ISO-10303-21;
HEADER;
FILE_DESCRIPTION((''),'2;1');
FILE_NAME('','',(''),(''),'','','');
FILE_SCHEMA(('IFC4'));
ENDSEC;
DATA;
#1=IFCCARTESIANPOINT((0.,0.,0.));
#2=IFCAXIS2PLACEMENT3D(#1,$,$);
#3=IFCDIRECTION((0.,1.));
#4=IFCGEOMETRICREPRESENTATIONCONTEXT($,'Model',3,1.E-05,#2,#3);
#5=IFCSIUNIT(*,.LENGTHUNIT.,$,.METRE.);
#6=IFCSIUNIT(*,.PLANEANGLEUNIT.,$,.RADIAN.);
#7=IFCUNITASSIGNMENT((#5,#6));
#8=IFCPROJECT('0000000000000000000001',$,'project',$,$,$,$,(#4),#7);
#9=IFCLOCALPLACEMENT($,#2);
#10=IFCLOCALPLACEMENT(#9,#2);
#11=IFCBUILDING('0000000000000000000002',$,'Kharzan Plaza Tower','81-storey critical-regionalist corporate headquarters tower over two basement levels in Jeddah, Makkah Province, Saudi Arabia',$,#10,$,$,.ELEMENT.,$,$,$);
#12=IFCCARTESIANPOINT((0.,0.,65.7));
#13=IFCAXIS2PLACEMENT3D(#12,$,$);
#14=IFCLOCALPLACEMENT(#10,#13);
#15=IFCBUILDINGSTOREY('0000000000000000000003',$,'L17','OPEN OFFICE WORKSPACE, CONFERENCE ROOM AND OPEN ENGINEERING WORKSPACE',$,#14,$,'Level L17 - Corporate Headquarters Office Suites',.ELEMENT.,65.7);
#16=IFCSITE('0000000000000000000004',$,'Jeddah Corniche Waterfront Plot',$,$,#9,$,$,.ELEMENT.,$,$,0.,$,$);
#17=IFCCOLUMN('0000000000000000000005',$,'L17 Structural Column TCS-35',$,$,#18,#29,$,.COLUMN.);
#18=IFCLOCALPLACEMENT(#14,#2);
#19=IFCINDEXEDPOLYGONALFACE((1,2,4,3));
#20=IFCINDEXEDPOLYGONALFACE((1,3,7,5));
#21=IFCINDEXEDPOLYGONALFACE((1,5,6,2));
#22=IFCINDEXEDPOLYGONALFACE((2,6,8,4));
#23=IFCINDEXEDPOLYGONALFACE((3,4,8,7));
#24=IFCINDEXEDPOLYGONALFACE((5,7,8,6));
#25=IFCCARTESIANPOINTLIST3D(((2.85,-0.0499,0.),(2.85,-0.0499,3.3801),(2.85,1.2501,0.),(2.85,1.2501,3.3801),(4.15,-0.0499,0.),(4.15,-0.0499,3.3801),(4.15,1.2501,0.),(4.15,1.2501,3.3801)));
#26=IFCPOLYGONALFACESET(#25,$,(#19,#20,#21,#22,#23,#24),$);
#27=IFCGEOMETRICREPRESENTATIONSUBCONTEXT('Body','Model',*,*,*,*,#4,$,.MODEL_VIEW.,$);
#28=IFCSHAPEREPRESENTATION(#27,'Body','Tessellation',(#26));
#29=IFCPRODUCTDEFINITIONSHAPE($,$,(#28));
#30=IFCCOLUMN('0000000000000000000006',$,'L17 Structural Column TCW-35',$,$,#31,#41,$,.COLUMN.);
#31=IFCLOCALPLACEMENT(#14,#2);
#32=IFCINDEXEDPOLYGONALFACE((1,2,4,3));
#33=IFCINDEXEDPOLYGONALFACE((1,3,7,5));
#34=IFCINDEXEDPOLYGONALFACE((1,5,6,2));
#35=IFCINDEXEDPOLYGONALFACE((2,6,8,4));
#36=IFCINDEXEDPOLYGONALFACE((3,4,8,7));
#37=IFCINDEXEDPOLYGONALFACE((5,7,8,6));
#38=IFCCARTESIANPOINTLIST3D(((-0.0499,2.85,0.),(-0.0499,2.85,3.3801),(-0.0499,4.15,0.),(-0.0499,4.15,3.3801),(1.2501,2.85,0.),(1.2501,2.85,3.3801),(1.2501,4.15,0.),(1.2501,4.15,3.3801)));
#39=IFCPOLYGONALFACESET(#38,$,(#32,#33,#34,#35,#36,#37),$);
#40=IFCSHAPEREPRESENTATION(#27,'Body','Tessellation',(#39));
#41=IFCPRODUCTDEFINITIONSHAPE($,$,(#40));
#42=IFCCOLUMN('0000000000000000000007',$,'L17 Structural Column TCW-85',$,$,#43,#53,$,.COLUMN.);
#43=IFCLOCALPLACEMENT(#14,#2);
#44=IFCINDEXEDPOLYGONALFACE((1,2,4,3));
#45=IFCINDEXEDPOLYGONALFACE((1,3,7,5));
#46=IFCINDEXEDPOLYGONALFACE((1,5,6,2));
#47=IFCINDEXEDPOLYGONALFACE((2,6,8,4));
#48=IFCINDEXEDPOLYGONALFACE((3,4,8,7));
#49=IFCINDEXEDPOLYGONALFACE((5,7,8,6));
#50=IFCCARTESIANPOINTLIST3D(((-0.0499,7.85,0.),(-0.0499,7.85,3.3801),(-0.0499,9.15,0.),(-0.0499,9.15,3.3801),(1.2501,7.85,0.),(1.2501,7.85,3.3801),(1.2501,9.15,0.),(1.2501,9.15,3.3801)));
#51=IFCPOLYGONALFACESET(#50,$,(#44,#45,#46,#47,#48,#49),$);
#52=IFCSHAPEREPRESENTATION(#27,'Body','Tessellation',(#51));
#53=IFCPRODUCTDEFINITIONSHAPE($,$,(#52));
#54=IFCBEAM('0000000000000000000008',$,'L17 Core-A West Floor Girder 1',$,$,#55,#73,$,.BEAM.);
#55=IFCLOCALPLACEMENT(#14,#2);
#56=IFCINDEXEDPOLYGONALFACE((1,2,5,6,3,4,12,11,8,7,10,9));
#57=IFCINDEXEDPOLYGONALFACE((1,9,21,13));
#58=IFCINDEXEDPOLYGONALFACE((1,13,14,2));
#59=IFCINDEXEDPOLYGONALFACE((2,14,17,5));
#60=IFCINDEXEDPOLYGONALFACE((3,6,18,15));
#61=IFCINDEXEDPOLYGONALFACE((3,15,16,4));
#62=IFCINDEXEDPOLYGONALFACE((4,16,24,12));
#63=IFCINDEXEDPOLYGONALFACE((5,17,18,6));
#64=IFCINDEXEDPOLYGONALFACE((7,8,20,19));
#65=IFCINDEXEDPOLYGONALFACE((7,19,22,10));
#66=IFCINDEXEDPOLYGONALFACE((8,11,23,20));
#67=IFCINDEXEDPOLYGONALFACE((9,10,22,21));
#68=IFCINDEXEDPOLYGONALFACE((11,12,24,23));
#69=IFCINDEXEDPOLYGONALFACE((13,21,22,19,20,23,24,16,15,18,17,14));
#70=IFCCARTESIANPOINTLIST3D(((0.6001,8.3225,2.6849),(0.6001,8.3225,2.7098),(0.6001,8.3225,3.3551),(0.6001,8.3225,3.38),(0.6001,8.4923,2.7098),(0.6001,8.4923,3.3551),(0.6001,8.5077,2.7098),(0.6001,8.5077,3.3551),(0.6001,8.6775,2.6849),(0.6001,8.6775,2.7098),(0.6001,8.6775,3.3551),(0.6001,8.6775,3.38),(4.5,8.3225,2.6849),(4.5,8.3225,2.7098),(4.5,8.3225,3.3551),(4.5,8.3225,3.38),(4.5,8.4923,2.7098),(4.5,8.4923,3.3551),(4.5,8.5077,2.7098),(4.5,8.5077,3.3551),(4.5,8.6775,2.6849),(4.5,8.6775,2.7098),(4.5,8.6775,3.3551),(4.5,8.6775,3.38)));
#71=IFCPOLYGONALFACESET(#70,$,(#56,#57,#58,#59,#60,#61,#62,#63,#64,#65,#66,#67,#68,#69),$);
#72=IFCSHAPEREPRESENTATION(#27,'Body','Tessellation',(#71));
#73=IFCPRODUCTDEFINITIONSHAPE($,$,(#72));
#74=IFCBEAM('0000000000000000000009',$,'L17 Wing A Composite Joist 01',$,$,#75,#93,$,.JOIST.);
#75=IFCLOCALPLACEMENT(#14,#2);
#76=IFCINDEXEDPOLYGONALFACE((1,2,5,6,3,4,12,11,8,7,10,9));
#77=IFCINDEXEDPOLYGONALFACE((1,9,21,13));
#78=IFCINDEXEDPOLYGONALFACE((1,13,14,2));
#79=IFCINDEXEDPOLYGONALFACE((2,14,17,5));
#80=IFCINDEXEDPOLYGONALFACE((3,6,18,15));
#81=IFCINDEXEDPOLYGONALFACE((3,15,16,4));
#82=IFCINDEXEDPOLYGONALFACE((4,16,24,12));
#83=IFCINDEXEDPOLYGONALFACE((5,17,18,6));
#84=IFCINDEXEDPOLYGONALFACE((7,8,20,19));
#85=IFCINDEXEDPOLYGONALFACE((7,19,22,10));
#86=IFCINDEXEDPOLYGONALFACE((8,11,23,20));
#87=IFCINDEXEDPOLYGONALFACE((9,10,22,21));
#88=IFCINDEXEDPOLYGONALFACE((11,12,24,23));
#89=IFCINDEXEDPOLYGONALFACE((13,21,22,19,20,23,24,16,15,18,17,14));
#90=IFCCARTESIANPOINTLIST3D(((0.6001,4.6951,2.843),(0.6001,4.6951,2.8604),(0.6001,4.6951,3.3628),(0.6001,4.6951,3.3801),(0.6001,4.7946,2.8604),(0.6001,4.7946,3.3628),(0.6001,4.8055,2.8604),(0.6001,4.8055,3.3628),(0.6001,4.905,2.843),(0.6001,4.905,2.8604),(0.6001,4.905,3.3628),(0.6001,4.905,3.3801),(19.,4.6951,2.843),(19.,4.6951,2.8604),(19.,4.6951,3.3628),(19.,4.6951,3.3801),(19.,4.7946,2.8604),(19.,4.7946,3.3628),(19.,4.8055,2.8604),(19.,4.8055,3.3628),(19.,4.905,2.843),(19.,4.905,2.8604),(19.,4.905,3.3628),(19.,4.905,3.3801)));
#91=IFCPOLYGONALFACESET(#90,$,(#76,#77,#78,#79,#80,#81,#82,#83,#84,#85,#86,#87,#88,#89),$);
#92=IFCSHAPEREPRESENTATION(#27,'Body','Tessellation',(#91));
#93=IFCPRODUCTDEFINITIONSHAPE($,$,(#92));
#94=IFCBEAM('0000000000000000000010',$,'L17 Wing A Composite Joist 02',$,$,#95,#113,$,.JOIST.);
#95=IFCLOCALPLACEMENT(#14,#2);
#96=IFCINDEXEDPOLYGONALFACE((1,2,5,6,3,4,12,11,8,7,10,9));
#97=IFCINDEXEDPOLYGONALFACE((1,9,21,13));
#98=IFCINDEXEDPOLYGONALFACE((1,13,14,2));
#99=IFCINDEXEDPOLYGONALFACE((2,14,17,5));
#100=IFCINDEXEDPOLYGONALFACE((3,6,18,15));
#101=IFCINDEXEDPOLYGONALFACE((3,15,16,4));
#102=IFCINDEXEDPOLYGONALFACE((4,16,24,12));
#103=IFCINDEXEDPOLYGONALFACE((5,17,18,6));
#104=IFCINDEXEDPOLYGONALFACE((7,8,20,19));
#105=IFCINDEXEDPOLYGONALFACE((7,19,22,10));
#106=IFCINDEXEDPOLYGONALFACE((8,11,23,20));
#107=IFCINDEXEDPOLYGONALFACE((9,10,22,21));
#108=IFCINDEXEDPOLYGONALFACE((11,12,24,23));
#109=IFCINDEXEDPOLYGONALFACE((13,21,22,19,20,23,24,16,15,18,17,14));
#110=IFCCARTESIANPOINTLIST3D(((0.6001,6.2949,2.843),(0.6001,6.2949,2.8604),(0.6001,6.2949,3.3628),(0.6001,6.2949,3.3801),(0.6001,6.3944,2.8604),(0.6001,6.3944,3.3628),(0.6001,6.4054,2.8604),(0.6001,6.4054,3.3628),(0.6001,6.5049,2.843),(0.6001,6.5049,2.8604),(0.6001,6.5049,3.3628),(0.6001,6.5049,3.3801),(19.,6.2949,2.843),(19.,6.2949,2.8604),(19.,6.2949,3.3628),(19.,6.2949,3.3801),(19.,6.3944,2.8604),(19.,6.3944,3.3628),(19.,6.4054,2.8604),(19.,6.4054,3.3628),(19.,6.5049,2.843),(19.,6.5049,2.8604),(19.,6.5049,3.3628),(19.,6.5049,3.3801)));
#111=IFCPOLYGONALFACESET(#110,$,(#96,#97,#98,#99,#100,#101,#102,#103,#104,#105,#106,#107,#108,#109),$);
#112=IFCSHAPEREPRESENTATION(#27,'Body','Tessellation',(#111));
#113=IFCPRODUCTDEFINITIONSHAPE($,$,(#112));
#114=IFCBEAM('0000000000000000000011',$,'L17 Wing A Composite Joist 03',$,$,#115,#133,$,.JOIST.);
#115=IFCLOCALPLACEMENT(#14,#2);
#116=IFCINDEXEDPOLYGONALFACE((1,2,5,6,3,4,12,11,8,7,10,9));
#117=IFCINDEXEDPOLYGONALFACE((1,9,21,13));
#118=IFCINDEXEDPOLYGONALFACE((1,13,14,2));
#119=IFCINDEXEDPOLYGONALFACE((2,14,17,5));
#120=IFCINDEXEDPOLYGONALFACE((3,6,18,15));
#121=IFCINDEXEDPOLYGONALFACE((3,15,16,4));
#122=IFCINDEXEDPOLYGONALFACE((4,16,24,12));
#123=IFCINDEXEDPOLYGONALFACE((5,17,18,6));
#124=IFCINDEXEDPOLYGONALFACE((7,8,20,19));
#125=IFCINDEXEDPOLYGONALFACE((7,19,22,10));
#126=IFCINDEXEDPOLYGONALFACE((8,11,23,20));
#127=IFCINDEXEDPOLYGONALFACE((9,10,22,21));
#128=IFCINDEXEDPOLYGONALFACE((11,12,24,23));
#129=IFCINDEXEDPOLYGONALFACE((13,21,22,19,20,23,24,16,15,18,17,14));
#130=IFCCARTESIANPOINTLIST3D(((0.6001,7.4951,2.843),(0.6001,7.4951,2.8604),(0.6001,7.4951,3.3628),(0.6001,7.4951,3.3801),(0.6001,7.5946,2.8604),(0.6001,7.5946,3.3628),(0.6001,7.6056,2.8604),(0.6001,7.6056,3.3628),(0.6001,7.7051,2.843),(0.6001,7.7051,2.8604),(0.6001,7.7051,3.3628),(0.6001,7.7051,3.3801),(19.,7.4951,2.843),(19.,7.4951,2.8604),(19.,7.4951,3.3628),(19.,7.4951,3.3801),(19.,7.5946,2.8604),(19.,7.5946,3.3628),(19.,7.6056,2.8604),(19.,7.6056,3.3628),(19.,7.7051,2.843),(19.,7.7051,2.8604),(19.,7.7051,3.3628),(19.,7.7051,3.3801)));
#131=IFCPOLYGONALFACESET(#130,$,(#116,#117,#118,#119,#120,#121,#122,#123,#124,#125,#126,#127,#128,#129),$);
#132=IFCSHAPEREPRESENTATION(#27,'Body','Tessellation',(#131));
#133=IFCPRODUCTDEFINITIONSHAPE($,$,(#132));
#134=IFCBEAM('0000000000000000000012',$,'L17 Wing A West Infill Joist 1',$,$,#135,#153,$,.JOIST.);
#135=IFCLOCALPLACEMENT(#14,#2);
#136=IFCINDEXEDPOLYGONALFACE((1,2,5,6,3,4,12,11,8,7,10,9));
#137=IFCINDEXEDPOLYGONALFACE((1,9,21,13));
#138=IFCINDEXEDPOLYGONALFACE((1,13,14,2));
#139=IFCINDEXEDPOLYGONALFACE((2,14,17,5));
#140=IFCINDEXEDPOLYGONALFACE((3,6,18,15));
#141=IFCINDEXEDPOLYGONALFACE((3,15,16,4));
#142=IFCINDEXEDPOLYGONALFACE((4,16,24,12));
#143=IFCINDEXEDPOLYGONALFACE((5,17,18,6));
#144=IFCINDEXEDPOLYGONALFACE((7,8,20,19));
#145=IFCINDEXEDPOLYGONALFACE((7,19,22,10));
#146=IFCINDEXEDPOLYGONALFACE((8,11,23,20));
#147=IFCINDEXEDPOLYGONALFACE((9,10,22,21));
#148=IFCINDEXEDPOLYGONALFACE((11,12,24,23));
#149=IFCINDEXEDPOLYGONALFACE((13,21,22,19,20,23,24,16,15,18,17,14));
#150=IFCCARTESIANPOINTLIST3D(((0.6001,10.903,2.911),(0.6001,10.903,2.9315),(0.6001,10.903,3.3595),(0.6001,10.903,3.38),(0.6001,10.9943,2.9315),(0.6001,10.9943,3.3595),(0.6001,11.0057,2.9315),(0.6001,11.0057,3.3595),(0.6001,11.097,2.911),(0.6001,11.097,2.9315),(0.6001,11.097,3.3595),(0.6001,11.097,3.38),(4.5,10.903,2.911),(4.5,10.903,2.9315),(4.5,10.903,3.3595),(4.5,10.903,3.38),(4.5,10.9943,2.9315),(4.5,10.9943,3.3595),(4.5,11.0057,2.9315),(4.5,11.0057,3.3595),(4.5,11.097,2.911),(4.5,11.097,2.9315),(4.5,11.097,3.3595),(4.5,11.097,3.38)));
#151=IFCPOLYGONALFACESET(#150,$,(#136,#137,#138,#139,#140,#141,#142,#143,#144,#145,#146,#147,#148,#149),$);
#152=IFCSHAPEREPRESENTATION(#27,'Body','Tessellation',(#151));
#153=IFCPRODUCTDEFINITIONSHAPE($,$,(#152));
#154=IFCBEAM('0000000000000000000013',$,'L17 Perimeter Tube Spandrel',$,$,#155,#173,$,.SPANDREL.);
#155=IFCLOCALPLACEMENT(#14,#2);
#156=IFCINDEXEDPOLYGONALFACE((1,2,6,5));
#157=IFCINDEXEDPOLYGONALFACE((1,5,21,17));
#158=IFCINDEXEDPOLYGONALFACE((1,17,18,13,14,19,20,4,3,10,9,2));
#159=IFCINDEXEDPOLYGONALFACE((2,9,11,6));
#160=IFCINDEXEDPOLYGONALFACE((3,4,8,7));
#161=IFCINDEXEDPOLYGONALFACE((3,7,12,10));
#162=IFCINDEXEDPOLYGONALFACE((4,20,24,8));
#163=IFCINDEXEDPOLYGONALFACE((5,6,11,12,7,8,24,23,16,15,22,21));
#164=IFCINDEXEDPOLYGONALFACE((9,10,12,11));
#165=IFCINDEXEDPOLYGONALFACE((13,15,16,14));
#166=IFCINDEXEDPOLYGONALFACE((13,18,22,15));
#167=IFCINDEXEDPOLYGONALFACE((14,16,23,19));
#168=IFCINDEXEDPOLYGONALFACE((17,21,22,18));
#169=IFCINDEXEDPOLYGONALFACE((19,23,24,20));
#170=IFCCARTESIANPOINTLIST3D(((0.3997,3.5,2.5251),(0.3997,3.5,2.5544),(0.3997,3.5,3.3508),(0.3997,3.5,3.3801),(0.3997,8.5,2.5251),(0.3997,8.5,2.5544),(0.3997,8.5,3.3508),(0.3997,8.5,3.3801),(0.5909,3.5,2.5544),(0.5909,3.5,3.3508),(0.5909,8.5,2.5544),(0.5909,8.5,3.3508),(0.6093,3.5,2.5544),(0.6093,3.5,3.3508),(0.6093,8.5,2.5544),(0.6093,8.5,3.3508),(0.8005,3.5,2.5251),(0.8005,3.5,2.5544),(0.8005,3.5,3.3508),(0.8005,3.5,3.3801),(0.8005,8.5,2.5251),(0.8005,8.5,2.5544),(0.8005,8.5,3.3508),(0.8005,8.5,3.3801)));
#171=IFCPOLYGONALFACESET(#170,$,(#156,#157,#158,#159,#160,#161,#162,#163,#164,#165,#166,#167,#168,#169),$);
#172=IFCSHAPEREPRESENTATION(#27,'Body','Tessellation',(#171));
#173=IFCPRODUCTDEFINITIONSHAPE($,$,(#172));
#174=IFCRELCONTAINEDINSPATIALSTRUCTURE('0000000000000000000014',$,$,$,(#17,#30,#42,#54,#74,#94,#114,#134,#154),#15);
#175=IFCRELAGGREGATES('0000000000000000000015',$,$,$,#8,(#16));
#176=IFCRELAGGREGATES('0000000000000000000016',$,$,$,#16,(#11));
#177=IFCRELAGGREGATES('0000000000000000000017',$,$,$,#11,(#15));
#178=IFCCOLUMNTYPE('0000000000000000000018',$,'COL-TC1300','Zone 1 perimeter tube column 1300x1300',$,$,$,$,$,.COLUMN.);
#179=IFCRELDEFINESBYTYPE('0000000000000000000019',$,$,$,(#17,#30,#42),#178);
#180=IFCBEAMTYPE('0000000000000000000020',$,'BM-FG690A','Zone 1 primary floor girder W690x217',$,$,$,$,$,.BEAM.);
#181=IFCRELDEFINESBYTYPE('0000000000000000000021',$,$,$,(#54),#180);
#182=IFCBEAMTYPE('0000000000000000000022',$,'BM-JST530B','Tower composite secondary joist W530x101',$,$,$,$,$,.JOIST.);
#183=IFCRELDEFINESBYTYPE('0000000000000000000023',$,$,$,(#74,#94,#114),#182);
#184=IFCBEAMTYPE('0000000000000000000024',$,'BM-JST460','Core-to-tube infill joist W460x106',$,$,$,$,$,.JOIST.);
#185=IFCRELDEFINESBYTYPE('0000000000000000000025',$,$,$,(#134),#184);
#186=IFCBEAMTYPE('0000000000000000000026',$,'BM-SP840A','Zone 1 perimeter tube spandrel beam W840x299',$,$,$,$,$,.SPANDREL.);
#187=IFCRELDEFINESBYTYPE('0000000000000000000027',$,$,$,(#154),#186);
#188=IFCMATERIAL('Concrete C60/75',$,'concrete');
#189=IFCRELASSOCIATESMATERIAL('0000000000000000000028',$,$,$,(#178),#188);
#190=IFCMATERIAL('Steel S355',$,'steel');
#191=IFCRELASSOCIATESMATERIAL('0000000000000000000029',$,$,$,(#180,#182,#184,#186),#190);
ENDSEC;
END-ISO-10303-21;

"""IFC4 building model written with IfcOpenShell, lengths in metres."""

from ifc_helpers import new_model, si_unit, direction, frame, origin, origin_2d, place, context, subcontext, project, spatial, rectangle, i_section, extrude, source, transform, mapped, material, material_profile, profile_set, type_object, element, save


model = new_model("IFC4")

# Units and contexts
model_context = context("Model", 3, precision=1e-05, world=origin(), true_north=direction((0.0, 1.0)))
body_context = subcontext(model_context, "Body", "Model", "MODEL_VIEW")
ifc_project = project(units=[si_unit("LENGTHUNIT", "METRE"), si_unit("PLANEANGLEUNIT", "RADIAN")], contexts=[model_context])

# Site, building, storey
site_placement = place(None, origin())
site = spatial("IfcSite", under=ifc_project, at=site_placement, Name="Jeddah Corniche Waterfront Plot", CompositionType="ELEMENT", RefElevation=0.0)
building_placement = place(site_placement, origin())
building = spatial("IfcBuilding", under=site, at=building_placement, Name="Kharzan Plaza Tower", Description="81-storey critical-regionalist corporate headquarters tower over two basement levels in Jeddah, Makkah Province, Saudi Arabia", CompositionType="ELEMENT")
storey_placement = place(building_placement, frame((0.0, 0.0, 65.7)))
storey = spatial("IfcBuildingStorey", under=building, at=storey_placement, Name="L17", Description="OPEN OFFICE WORKSPACE, CONFERENCE ROOM AND OPEN ENGINEERING WORKSPACE", LongName="Level L17 - Corporate Headquarters Office Suites", CompositionType="ELEMENT", Elevation=65.7)

# Columns
ifc_material_1 = material(Name="Concrete C60/75", Category="concrete")
ifc_material_profile_1 = material_profile(ifc_material_1, rectangle(XDim=1.3, YDim=1.3, at=origin_2d()), Name="RC-TC1300x1300")
ifc_profile_set_1 = profile_set([ifc_material_profile_1], Name="Concrete C60/75")
column_type = type_object("IfcColumnType", Name="COL-TC1300", Description="Zone 1 perimeter tube column 1300x1300", PredefinedType="COLUMN", material=ifc_profile_set_1)
shared_shape_1 = source(origin(), body_context, "Body", "SweptSolid", [
    extrude(rectangle(XDim=1.3, YDim=1.3, at=origin_2d()), origin(), (0.0, 0.0, 1.0), 3.3801),
])
for number, where, z_axis, x_axis, name in (
    (1, (3.5, 0.6001, 0.0), (0.0, 0.0, 1.0), (1.0, 0.0, 0.0), "L17 Structural Column TCS-35"),
    (2, (0.6001, 3.5, 0.0), (0.0, 0.0, 1.0), (1.0, 0.0, 0.0), "L17 Structural Column TCW-35"),
    (3, (0.6001, 8.5, 0.0), (0.0, 0.0, 1.0), (1.0, 0.0, 0.0), "L17 Structural Column TCW-85"),
):
    element("IfcColumn", number, at=place(storey_placement, frame(where, z_axis=z_axis, x_axis=x_axis)), inside=storey, type_object=column_type, Name=name, PredefinedType="COLUMN", context=body_context, shape_type="MappedRepresentation", body=[
        mapped(shared_shape_1, transform((0.0, 0.0, 0.0), x_axis=(1.0, 0.0, 0.0), y_axis=(0.0, 1.0, 0.0), z_axis=(0.0, 0.0, 1.0))),
    ])

# Beams
ifc_material_2 = material(Name="Steel S355", Category="steel")
ifc_material_profile_2 = material_profile(ifc_material_2, i_section(OverallWidth=0.355, OverallDepth=0.6951, WebThickness=0.0154, FlangeThickness=0.0249, at=origin_2d()), Name="W690x217")
ifc_profile_set_2 = profile_set([ifc_material_profile_2], Name="Steel S355")
beam_type_1 = type_object("IfcBeamType", Name="BM-FG690A", Description="Zone 1 primary floor girder W690x217", PredefinedType="BEAM", material=ifc_profile_set_2)
shared_shape_2 = source(origin(), body_context, "Body", "SweptSolid", [
    extrude(i_section(OverallWidth=0.355, OverallDepth=0.6951, WebThickness=0.0154, FlangeThickness=0.0249, at=origin_2d()), origin(), (0.0, 0.0, 1.0), 3.8999),
])
beam_1_placement = place(storey_placement, frame((0.6001, 8.5, 3.0325), z_axis=(1.0, 0.0, 0.0), x_axis=(0.0, 1.0, 0.0)))
element("IfcBeam", 4, at=beam_1_placement, inside=storey, type_object=beam_type_1, Name="L17 Core-A West Floor Girder 1", PredefinedType="BEAM", context=body_context, shape_type="MappedRepresentation", body=[
    mapped(shared_shape_2, transform((0.0, 0.0, 0.0), x_axis=(1.0, 0.0, 0.0), y_axis=(0.0, 1.0, 0.0), z_axis=(0.0, 0.0, 1.0))),
])
ifc_material_profile_3 = material_profile(ifc_material_2, i_section(OverallWidth=0.21, OverallDepth=0.5371, WebThickness=0.011, FlangeThickness=0.0173, at=origin_2d()), Name="W530x101")
ifc_profile_set_3 = profile_set([ifc_material_profile_3], Name="Steel S355")
beam_type_2 = type_object("IfcBeamType", Name="BM-JST530B", Description="Tower composite secondary joist W530x101", PredefinedType="JOIST", material=ifc_profile_set_3)
shared_shape_3 = source(origin(), body_context, "Body", "SweptSolid", [
    extrude(i_section(OverallWidth=0.21, OverallDepth=0.5371, WebThickness=0.011, FlangeThickness=0.0173, at=origin_2d()), origin(), (0.0, 0.0, 1.0), 18.3999),
])
for number, where, z_axis, x_axis, name in (
    (5, (0.6001, 4.8, 3.1116), (1.0, 0.0, 0.0), (0.0, 1.0, 0.0), "L17 Wing A Composite Joist 01"),
    (6, (0.6001, 6.3999, 3.1116), (1.0, 0.0, 0.0), (0.0, 1.0, 0.0), "L17 Wing A Composite Joist 02"),
    (7, (0.6001, 7.6001, 3.1116), (1.0, 0.0, 0.0), (0.0, 1.0, 0.0), "L17 Wing A Composite Joist 03"),
):
    element("IfcBeam", number, at=place(storey_placement, frame(where, z_axis=z_axis, x_axis=x_axis)), inside=storey, type_object=beam_type_2, Name=name, PredefinedType="JOIST", context=body_context, shape_type="MappedRepresentation", body=[
        mapped(shared_shape_3, transform((0.0, 0.0, 0.0), x_axis=(1.0, 0.0, 0.0), y_axis=(0.0, 1.0, 0.0), z_axis=(0.0, 0.0, 1.0))),
    ])
ifc_material_profile_4 = material_profile(ifc_material_2, i_section(OverallWidth=0.1941, OverallDepth=0.469, WebThickness=0.0115, FlangeThickness=0.0205, at=origin_2d()), Name="W460x106")
ifc_profile_set_4 = profile_set([ifc_material_profile_4], Name="Steel S355")
beam_type_3 = type_object("IfcBeamType", Name="BM-JST460", Description="Core-to-tube infill joist W460x106", PredefinedType="JOIST", material=ifc_profile_set_4)
shared_shape_4 = source(origin(), body_context, "Body", "SweptSolid", [
    extrude(i_section(OverallWidth=0.1941, OverallDepth=0.469, WebThickness=0.0115, FlangeThickness=0.0205, at=origin_2d()), origin(), (0.0, 0.0, 1.0), 3.8999),
])
beam_2_placement = place(storey_placement, frame((0.6001, 11.0, 3.1455), z_axis=(1.0, 0.0, 0.0), x_axis=(0.0, 1.0, 0.0)))
element("IfcBeam", 8, at=beam_2_placement, inside=storey, type_object=beam_type_3, Name="L17 Wing A West Infill Joist 1", PredefinedType="JOIST", context=body_context, shape_type="MappedRepresentation", body=[
    mapped(shared_shape_4, transform((0.0, 0.0, 0.0), x_axis=(1.0, 0.0, 0.0), y_axis=(0.0, 1.0, 0.0), z_axis=(0.0, 0.0, 1.0))),
])
ifc_material_profile_5 = material_profile(ifc_material_2, i_section(OverallWidth=0.4009, OverallDepth=0.855, WebThickness=0.0183, FlangeThickness=0.0293, at=origin_2d()), Name="W840x299")
ifc_profile_set_5 = profile_set([ifc_material_profile_5], Name="Steel S355")
beam_type_4 = type_object("IfcBeamType", Name="BM-SP840A", Description="Zone 1 perimeter tube spandrel beam W840x299", PredefinedType="SPANDREL", material=ifc_profile_set_5)
shared_shape_5 = source(origin(), body_context, "Body", "SweptSolid", [
    extrude(i_section(OverallWidth=0.4009, OverallDepth=0.855, WebThickness=0.0183, FlangeThickness=0.0293, at=origin_2d()), origin(), (0.0, 0.0, 1.0), 5.0),
])
for number, where, z_axis, x_axis, name in (
    (9, (0.6001, 3.5, 2.9526), (0.0, 1.0, 0.0), (-1.0, 0.0, 0.0), "L17 Perimeter Tube Spandrel"),
):
    element("IfcBeam", number, at=place(storey_placement, frame(where, z_axis=z_axis, x_axis=x_axis)), inside=storey, type_object=beam_type_4, Name=name, PredefinedType="SPANDREL", context=body_context, shape_type="MappedRepresentation", body=[
        mapped(shared_shape_5, transform((0.0, 0.0, 0.0), x_axis=(1.0, 0.0, 0.0), y_axis=(0.0, 1.0, 0.0), z_axis=(0.0, 0.0, 1.0))),
    ])

save(model, "model.ifc")
